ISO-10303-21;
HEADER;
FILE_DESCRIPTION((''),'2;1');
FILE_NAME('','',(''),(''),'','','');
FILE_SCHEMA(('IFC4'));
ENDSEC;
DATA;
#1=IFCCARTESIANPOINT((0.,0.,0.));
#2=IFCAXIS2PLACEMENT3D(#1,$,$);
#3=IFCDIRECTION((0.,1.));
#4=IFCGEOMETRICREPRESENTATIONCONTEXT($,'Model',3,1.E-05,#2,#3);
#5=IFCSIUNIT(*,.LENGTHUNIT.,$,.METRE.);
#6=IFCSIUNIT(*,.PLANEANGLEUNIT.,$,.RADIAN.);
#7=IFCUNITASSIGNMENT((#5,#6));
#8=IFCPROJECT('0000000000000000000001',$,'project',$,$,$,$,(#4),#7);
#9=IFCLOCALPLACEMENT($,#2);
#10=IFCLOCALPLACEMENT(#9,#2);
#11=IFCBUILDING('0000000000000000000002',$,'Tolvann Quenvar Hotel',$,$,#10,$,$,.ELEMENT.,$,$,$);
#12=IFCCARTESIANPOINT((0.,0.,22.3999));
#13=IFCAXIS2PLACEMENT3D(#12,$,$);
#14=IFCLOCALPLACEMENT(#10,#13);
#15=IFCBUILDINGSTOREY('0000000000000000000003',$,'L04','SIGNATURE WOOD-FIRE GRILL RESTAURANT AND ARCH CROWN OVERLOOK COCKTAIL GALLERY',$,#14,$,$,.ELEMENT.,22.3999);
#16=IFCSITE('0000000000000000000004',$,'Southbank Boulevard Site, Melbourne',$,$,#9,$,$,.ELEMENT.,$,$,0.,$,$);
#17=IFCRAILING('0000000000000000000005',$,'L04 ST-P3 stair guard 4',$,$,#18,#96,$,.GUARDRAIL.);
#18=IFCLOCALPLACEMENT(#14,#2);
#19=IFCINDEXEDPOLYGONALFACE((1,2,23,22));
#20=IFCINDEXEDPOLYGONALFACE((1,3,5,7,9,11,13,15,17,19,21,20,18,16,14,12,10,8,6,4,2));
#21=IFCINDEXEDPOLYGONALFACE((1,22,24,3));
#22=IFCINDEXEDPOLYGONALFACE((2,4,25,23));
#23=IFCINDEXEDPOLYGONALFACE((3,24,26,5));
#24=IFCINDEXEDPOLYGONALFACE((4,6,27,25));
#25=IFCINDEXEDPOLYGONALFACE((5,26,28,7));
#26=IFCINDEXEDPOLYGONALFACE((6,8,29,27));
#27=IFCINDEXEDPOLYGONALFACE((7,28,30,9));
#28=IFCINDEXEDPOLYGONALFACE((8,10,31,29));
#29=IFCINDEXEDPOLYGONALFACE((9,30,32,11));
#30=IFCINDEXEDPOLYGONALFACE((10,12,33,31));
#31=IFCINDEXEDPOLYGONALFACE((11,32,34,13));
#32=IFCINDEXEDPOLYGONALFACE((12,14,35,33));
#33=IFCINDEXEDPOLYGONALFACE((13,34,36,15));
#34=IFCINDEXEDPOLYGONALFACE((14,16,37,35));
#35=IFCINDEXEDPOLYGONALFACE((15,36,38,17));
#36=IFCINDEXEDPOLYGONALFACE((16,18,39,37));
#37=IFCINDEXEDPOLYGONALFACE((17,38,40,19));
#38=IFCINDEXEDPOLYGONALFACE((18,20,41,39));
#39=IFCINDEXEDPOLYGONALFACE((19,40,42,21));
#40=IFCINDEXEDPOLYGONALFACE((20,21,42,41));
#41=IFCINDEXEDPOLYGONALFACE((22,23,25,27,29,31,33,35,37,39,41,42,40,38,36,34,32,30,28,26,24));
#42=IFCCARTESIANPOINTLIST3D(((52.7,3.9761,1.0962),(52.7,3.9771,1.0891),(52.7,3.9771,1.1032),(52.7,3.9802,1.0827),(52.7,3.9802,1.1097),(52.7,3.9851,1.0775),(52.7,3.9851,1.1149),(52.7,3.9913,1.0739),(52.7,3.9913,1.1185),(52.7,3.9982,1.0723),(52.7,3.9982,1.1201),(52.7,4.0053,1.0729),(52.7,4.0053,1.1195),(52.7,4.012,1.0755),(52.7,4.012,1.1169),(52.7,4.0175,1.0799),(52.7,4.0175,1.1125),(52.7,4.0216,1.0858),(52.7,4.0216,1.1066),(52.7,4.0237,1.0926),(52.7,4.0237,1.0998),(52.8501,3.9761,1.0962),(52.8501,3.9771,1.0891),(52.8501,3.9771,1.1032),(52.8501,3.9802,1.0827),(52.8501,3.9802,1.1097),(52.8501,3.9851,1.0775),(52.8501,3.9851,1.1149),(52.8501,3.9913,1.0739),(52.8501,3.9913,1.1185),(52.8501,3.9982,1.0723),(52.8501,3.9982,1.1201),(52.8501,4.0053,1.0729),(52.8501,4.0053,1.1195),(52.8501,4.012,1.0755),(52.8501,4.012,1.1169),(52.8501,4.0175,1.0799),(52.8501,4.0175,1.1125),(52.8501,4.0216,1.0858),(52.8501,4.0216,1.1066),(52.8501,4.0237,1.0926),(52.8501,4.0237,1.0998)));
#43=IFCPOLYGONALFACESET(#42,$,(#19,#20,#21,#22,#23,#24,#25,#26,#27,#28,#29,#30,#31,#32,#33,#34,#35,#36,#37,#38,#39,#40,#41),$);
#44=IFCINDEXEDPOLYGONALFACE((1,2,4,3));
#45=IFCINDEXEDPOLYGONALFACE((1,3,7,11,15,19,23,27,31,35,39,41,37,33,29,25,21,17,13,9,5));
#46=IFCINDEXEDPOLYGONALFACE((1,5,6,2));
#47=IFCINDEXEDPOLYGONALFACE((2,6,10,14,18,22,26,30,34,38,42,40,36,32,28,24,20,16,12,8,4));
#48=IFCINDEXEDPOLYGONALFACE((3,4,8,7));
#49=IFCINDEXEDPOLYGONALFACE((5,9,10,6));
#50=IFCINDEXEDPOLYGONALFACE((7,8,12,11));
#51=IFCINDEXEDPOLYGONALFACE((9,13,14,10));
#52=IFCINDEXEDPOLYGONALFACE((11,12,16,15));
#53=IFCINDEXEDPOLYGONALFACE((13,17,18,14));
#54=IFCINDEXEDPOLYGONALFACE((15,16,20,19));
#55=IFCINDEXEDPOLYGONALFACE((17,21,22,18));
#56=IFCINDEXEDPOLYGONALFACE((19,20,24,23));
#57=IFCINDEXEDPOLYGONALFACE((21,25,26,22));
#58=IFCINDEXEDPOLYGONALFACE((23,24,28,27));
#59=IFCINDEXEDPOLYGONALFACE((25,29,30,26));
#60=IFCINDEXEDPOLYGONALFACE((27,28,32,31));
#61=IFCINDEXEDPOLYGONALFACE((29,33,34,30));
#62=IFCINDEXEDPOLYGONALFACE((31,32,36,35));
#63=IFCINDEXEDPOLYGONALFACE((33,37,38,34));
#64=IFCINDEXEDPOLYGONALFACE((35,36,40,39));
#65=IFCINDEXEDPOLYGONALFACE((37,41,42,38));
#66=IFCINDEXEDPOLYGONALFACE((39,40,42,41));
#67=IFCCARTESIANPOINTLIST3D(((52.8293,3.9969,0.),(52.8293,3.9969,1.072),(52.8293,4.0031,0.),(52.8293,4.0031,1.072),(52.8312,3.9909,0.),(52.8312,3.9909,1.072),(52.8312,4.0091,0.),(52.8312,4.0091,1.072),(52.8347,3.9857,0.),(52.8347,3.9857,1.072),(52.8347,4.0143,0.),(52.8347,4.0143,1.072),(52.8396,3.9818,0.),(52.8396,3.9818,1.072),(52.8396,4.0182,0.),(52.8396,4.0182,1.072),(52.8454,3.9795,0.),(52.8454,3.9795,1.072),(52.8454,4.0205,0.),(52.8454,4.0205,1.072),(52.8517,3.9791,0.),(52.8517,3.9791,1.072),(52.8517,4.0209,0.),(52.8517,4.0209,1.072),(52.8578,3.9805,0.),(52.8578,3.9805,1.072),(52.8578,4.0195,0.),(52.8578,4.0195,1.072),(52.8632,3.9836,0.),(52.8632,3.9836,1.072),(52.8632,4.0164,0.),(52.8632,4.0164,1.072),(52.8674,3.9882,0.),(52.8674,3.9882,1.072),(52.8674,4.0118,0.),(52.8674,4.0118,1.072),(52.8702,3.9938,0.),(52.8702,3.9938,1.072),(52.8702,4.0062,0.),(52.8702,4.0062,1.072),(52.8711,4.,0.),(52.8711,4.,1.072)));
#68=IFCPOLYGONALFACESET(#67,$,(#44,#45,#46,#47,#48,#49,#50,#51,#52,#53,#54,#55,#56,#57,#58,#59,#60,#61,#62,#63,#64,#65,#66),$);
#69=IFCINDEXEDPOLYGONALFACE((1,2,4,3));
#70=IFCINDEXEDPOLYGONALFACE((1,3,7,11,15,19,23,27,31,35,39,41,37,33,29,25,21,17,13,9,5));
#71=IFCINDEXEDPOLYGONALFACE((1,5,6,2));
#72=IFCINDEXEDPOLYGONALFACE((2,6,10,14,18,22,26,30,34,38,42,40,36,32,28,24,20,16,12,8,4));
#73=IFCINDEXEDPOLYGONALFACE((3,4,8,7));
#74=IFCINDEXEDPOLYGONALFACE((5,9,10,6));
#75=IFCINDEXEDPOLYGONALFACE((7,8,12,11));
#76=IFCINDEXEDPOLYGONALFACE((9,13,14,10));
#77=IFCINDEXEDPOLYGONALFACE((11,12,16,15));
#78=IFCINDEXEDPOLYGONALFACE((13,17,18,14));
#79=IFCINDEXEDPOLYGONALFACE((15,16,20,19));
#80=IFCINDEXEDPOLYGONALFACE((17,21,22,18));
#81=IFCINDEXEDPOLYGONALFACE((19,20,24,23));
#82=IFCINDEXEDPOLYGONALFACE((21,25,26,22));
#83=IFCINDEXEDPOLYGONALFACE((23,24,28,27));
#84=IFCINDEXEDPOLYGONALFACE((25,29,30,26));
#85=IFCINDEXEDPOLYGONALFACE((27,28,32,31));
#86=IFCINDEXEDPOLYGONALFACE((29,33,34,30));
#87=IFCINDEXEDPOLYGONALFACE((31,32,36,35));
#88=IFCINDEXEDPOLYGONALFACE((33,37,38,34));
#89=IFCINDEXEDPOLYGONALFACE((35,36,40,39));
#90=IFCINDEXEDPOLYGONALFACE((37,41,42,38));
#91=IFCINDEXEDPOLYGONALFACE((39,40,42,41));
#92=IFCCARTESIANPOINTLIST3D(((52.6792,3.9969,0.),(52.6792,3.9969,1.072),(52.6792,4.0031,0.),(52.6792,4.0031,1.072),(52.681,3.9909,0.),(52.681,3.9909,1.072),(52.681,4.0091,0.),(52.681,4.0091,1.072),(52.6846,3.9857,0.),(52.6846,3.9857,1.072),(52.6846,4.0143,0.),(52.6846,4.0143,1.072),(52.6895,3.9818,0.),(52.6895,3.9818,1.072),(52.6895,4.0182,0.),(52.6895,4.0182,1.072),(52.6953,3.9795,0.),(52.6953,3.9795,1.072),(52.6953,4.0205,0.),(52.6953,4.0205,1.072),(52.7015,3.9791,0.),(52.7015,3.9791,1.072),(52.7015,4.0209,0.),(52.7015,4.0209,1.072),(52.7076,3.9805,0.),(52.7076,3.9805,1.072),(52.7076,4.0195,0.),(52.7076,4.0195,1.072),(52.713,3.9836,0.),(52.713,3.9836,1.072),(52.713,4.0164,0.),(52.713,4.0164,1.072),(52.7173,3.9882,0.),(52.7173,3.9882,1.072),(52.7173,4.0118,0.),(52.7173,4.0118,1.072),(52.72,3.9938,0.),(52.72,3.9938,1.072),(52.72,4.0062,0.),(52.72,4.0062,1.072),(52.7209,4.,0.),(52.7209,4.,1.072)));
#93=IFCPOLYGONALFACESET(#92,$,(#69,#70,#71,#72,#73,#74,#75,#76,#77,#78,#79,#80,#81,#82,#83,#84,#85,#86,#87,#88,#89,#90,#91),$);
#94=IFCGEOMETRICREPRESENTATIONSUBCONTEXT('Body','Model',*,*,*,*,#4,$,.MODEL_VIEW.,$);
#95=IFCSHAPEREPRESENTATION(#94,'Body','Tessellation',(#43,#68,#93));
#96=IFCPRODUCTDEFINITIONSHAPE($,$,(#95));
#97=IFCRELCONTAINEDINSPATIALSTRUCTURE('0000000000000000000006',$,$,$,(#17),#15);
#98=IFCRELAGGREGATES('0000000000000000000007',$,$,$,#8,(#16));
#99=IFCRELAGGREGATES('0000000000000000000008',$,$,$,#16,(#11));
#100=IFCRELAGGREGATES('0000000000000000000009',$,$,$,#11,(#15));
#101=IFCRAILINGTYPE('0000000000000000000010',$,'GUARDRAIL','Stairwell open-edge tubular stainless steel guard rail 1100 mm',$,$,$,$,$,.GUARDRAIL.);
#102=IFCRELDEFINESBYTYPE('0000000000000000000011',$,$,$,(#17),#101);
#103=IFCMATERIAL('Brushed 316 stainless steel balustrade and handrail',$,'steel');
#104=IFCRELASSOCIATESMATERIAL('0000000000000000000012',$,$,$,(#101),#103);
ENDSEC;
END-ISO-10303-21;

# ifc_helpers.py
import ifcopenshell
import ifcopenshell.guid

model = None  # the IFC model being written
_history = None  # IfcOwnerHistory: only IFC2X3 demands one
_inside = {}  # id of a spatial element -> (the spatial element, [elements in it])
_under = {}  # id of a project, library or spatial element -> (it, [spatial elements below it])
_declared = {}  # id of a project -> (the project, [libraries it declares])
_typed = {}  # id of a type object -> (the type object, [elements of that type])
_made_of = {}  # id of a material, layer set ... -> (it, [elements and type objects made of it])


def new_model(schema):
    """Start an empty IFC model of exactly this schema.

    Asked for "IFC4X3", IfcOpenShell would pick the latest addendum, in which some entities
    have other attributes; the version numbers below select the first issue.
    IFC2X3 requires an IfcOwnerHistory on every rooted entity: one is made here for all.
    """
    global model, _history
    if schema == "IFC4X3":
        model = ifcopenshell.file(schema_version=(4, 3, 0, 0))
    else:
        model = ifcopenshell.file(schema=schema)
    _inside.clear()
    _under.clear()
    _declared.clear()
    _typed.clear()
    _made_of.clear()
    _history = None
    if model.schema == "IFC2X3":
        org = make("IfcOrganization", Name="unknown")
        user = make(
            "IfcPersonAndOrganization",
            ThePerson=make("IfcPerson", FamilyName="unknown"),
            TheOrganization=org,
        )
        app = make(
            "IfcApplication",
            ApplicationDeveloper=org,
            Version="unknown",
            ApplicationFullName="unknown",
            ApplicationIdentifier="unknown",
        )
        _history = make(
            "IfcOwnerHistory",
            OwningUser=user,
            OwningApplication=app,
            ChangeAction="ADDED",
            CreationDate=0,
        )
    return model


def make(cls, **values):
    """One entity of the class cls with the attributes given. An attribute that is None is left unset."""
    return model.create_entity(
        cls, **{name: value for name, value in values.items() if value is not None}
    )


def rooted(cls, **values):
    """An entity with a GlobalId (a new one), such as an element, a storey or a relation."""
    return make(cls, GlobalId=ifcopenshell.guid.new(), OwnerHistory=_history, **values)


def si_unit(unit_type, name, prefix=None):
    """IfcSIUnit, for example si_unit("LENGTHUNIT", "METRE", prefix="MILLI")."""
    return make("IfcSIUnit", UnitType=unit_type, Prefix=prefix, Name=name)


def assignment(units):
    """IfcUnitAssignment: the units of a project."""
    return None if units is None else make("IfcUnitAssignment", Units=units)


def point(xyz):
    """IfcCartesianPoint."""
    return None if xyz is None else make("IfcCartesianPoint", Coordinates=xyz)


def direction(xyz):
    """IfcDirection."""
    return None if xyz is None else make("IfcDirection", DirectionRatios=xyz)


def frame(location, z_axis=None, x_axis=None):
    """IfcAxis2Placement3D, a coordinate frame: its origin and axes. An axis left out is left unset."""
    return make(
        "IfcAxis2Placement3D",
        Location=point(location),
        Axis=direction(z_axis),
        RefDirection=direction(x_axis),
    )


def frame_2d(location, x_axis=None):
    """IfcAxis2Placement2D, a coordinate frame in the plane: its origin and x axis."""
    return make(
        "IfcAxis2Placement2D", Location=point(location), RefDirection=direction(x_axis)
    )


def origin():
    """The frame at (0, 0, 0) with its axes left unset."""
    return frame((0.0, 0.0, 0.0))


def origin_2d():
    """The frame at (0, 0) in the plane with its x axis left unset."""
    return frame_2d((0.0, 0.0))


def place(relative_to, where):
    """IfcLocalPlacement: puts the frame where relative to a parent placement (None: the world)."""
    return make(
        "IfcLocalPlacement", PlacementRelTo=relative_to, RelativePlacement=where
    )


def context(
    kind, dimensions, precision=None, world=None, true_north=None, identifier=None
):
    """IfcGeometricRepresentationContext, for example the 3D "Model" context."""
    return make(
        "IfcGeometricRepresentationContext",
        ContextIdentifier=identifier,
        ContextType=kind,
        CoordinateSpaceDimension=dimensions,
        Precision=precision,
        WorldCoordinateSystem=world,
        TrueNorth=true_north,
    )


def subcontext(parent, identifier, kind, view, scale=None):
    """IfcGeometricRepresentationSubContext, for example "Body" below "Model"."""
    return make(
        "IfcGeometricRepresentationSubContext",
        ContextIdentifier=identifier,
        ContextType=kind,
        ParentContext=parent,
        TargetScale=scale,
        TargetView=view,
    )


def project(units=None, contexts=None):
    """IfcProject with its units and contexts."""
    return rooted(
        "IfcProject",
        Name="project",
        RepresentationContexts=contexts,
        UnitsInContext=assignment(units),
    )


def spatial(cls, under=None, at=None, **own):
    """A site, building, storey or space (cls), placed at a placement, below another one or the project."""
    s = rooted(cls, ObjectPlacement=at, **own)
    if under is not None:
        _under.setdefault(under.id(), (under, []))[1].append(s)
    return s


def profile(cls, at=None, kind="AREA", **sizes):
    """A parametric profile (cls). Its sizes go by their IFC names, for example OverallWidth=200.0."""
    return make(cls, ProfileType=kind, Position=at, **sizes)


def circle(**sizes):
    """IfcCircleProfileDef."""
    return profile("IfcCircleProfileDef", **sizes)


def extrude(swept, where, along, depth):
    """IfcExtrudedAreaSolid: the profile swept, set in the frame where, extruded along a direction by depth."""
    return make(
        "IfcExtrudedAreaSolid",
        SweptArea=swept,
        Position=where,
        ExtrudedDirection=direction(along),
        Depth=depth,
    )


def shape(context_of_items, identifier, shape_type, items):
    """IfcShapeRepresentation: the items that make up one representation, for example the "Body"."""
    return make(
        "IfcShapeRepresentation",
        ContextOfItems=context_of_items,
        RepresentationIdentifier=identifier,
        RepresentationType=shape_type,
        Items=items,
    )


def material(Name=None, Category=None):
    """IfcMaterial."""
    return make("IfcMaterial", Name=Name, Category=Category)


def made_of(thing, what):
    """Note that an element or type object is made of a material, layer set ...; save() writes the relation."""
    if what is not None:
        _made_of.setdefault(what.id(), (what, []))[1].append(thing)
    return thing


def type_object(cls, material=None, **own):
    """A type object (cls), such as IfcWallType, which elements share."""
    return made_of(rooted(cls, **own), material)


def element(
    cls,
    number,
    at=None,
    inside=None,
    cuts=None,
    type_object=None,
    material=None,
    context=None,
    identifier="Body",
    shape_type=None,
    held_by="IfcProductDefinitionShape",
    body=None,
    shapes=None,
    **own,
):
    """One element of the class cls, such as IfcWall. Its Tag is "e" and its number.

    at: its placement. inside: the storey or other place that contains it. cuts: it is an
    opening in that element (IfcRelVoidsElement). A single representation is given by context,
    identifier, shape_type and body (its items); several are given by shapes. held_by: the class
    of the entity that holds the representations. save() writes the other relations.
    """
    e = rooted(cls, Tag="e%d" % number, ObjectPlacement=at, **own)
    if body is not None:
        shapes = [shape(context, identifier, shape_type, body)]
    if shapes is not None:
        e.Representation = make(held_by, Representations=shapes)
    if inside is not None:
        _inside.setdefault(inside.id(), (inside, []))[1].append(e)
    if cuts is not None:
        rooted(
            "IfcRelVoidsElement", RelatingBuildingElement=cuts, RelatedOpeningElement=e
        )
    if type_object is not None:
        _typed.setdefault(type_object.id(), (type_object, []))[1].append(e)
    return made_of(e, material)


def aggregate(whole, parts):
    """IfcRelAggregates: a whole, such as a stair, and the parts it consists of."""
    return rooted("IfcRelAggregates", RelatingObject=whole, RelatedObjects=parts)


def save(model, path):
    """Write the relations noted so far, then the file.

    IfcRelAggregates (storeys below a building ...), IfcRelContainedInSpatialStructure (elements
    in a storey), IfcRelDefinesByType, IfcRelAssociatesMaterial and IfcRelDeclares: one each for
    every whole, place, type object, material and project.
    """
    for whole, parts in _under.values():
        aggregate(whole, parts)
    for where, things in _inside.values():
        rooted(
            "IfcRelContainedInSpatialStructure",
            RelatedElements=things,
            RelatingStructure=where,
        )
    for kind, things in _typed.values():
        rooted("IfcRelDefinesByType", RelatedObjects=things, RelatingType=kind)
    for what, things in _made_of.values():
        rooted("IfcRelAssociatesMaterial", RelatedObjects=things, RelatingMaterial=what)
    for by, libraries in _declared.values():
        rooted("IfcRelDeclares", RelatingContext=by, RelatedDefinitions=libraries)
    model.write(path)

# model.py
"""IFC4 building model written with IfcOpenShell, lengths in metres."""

from ifc_helpers import new_model, si_unit, direction, frame, origin, origin_2d, place, context, subcontext, project, spatial, circle, extrude, material, type_object, element, save


model = new_model("IFC4")

# Units and contexts
model_context = context("Model", 3, precision=1e-05, world=origin(), true_north=direction((0.0, 1.0)))
body_context = subcontext(model_context, "Body", "Model", "MODEL_VIEW")
ifc_project = project(units=[si_unit("LENGTHUNIT", "METRE"), si_unit("PLANEANGLEUNIT", "RADIAN")], contexts=[model_context])

# Site, building, storey
site_placement = place(None, origin())
site = spatial("IfcSite", under=ifc_project, at=site_placement, Name="Southbank Boulevard Site, Melbourne", CompositionType="ELEMENT", RefElevation=0.0)
building_placement = place(site_placement, origin())
building = spatial("IfcBuilding", under=site, at=building_placement, Name="Tolvann Quenvar Hotel", CompositionType="ELEMENT")
storey_placement = place(building_placement, frame((0.0, 0.0, 22.3999)))
storey = spatial("IfcBuildingStorey", under=building, at=storey_placement, Name="L04", Description="SIGNATURE WOOD-FIRE GRILL RESTAURANT AND ARCH CROWN OVERLOOK COCKTAIL GALLERY", CompositionType="ELEMENT", Elevation=22.3999)

# Railing
ifc_material_1 = material(Name="Brushed 316 stainless steel balustrade and handrail", Category="steel")
railing_type_1 = type_object("IfcRailingType", Name="GUARDRAIL", Description="Stairwell open-edge tubular stainless steel guard rail 1100 mm", PredefinedType="GUARDRAIL", material=ifc_material_1)
railing_1_placement = place(storey_placement, frame((52.8501, 4.0, 0.0)))
element("IfcRailing", 1, at=railing_1_placement, inside=storey, type_object=railing_type_1, Name="L04 ST-P3 stair guard 4", PredefinedType="GUARDRAIL", context=body_context, shape_type="SweptSolid", body=[
    extrude(circle(Radius=0.0239, at=origin_2d()), frame((0.0, 0.0, 1.0962), z_axis=(-1.0, 0.0, 0.0), x_axis=(0.0, -1.0, 0.0)), (0.0, 0.0, 1.0), 0.1501),
    extrude(circle(Radius=0.021, at=origin_2d()), origin(), (0.0, 0.0, 1.0), 1.072),
    extrude(circle(Radius=0.021, at=origin_2d()), frame((-0.1501, 0.0, 0.0)), (0.0, 0.0, 1.0), 1.072),
])

save(model, "model.ifc")
